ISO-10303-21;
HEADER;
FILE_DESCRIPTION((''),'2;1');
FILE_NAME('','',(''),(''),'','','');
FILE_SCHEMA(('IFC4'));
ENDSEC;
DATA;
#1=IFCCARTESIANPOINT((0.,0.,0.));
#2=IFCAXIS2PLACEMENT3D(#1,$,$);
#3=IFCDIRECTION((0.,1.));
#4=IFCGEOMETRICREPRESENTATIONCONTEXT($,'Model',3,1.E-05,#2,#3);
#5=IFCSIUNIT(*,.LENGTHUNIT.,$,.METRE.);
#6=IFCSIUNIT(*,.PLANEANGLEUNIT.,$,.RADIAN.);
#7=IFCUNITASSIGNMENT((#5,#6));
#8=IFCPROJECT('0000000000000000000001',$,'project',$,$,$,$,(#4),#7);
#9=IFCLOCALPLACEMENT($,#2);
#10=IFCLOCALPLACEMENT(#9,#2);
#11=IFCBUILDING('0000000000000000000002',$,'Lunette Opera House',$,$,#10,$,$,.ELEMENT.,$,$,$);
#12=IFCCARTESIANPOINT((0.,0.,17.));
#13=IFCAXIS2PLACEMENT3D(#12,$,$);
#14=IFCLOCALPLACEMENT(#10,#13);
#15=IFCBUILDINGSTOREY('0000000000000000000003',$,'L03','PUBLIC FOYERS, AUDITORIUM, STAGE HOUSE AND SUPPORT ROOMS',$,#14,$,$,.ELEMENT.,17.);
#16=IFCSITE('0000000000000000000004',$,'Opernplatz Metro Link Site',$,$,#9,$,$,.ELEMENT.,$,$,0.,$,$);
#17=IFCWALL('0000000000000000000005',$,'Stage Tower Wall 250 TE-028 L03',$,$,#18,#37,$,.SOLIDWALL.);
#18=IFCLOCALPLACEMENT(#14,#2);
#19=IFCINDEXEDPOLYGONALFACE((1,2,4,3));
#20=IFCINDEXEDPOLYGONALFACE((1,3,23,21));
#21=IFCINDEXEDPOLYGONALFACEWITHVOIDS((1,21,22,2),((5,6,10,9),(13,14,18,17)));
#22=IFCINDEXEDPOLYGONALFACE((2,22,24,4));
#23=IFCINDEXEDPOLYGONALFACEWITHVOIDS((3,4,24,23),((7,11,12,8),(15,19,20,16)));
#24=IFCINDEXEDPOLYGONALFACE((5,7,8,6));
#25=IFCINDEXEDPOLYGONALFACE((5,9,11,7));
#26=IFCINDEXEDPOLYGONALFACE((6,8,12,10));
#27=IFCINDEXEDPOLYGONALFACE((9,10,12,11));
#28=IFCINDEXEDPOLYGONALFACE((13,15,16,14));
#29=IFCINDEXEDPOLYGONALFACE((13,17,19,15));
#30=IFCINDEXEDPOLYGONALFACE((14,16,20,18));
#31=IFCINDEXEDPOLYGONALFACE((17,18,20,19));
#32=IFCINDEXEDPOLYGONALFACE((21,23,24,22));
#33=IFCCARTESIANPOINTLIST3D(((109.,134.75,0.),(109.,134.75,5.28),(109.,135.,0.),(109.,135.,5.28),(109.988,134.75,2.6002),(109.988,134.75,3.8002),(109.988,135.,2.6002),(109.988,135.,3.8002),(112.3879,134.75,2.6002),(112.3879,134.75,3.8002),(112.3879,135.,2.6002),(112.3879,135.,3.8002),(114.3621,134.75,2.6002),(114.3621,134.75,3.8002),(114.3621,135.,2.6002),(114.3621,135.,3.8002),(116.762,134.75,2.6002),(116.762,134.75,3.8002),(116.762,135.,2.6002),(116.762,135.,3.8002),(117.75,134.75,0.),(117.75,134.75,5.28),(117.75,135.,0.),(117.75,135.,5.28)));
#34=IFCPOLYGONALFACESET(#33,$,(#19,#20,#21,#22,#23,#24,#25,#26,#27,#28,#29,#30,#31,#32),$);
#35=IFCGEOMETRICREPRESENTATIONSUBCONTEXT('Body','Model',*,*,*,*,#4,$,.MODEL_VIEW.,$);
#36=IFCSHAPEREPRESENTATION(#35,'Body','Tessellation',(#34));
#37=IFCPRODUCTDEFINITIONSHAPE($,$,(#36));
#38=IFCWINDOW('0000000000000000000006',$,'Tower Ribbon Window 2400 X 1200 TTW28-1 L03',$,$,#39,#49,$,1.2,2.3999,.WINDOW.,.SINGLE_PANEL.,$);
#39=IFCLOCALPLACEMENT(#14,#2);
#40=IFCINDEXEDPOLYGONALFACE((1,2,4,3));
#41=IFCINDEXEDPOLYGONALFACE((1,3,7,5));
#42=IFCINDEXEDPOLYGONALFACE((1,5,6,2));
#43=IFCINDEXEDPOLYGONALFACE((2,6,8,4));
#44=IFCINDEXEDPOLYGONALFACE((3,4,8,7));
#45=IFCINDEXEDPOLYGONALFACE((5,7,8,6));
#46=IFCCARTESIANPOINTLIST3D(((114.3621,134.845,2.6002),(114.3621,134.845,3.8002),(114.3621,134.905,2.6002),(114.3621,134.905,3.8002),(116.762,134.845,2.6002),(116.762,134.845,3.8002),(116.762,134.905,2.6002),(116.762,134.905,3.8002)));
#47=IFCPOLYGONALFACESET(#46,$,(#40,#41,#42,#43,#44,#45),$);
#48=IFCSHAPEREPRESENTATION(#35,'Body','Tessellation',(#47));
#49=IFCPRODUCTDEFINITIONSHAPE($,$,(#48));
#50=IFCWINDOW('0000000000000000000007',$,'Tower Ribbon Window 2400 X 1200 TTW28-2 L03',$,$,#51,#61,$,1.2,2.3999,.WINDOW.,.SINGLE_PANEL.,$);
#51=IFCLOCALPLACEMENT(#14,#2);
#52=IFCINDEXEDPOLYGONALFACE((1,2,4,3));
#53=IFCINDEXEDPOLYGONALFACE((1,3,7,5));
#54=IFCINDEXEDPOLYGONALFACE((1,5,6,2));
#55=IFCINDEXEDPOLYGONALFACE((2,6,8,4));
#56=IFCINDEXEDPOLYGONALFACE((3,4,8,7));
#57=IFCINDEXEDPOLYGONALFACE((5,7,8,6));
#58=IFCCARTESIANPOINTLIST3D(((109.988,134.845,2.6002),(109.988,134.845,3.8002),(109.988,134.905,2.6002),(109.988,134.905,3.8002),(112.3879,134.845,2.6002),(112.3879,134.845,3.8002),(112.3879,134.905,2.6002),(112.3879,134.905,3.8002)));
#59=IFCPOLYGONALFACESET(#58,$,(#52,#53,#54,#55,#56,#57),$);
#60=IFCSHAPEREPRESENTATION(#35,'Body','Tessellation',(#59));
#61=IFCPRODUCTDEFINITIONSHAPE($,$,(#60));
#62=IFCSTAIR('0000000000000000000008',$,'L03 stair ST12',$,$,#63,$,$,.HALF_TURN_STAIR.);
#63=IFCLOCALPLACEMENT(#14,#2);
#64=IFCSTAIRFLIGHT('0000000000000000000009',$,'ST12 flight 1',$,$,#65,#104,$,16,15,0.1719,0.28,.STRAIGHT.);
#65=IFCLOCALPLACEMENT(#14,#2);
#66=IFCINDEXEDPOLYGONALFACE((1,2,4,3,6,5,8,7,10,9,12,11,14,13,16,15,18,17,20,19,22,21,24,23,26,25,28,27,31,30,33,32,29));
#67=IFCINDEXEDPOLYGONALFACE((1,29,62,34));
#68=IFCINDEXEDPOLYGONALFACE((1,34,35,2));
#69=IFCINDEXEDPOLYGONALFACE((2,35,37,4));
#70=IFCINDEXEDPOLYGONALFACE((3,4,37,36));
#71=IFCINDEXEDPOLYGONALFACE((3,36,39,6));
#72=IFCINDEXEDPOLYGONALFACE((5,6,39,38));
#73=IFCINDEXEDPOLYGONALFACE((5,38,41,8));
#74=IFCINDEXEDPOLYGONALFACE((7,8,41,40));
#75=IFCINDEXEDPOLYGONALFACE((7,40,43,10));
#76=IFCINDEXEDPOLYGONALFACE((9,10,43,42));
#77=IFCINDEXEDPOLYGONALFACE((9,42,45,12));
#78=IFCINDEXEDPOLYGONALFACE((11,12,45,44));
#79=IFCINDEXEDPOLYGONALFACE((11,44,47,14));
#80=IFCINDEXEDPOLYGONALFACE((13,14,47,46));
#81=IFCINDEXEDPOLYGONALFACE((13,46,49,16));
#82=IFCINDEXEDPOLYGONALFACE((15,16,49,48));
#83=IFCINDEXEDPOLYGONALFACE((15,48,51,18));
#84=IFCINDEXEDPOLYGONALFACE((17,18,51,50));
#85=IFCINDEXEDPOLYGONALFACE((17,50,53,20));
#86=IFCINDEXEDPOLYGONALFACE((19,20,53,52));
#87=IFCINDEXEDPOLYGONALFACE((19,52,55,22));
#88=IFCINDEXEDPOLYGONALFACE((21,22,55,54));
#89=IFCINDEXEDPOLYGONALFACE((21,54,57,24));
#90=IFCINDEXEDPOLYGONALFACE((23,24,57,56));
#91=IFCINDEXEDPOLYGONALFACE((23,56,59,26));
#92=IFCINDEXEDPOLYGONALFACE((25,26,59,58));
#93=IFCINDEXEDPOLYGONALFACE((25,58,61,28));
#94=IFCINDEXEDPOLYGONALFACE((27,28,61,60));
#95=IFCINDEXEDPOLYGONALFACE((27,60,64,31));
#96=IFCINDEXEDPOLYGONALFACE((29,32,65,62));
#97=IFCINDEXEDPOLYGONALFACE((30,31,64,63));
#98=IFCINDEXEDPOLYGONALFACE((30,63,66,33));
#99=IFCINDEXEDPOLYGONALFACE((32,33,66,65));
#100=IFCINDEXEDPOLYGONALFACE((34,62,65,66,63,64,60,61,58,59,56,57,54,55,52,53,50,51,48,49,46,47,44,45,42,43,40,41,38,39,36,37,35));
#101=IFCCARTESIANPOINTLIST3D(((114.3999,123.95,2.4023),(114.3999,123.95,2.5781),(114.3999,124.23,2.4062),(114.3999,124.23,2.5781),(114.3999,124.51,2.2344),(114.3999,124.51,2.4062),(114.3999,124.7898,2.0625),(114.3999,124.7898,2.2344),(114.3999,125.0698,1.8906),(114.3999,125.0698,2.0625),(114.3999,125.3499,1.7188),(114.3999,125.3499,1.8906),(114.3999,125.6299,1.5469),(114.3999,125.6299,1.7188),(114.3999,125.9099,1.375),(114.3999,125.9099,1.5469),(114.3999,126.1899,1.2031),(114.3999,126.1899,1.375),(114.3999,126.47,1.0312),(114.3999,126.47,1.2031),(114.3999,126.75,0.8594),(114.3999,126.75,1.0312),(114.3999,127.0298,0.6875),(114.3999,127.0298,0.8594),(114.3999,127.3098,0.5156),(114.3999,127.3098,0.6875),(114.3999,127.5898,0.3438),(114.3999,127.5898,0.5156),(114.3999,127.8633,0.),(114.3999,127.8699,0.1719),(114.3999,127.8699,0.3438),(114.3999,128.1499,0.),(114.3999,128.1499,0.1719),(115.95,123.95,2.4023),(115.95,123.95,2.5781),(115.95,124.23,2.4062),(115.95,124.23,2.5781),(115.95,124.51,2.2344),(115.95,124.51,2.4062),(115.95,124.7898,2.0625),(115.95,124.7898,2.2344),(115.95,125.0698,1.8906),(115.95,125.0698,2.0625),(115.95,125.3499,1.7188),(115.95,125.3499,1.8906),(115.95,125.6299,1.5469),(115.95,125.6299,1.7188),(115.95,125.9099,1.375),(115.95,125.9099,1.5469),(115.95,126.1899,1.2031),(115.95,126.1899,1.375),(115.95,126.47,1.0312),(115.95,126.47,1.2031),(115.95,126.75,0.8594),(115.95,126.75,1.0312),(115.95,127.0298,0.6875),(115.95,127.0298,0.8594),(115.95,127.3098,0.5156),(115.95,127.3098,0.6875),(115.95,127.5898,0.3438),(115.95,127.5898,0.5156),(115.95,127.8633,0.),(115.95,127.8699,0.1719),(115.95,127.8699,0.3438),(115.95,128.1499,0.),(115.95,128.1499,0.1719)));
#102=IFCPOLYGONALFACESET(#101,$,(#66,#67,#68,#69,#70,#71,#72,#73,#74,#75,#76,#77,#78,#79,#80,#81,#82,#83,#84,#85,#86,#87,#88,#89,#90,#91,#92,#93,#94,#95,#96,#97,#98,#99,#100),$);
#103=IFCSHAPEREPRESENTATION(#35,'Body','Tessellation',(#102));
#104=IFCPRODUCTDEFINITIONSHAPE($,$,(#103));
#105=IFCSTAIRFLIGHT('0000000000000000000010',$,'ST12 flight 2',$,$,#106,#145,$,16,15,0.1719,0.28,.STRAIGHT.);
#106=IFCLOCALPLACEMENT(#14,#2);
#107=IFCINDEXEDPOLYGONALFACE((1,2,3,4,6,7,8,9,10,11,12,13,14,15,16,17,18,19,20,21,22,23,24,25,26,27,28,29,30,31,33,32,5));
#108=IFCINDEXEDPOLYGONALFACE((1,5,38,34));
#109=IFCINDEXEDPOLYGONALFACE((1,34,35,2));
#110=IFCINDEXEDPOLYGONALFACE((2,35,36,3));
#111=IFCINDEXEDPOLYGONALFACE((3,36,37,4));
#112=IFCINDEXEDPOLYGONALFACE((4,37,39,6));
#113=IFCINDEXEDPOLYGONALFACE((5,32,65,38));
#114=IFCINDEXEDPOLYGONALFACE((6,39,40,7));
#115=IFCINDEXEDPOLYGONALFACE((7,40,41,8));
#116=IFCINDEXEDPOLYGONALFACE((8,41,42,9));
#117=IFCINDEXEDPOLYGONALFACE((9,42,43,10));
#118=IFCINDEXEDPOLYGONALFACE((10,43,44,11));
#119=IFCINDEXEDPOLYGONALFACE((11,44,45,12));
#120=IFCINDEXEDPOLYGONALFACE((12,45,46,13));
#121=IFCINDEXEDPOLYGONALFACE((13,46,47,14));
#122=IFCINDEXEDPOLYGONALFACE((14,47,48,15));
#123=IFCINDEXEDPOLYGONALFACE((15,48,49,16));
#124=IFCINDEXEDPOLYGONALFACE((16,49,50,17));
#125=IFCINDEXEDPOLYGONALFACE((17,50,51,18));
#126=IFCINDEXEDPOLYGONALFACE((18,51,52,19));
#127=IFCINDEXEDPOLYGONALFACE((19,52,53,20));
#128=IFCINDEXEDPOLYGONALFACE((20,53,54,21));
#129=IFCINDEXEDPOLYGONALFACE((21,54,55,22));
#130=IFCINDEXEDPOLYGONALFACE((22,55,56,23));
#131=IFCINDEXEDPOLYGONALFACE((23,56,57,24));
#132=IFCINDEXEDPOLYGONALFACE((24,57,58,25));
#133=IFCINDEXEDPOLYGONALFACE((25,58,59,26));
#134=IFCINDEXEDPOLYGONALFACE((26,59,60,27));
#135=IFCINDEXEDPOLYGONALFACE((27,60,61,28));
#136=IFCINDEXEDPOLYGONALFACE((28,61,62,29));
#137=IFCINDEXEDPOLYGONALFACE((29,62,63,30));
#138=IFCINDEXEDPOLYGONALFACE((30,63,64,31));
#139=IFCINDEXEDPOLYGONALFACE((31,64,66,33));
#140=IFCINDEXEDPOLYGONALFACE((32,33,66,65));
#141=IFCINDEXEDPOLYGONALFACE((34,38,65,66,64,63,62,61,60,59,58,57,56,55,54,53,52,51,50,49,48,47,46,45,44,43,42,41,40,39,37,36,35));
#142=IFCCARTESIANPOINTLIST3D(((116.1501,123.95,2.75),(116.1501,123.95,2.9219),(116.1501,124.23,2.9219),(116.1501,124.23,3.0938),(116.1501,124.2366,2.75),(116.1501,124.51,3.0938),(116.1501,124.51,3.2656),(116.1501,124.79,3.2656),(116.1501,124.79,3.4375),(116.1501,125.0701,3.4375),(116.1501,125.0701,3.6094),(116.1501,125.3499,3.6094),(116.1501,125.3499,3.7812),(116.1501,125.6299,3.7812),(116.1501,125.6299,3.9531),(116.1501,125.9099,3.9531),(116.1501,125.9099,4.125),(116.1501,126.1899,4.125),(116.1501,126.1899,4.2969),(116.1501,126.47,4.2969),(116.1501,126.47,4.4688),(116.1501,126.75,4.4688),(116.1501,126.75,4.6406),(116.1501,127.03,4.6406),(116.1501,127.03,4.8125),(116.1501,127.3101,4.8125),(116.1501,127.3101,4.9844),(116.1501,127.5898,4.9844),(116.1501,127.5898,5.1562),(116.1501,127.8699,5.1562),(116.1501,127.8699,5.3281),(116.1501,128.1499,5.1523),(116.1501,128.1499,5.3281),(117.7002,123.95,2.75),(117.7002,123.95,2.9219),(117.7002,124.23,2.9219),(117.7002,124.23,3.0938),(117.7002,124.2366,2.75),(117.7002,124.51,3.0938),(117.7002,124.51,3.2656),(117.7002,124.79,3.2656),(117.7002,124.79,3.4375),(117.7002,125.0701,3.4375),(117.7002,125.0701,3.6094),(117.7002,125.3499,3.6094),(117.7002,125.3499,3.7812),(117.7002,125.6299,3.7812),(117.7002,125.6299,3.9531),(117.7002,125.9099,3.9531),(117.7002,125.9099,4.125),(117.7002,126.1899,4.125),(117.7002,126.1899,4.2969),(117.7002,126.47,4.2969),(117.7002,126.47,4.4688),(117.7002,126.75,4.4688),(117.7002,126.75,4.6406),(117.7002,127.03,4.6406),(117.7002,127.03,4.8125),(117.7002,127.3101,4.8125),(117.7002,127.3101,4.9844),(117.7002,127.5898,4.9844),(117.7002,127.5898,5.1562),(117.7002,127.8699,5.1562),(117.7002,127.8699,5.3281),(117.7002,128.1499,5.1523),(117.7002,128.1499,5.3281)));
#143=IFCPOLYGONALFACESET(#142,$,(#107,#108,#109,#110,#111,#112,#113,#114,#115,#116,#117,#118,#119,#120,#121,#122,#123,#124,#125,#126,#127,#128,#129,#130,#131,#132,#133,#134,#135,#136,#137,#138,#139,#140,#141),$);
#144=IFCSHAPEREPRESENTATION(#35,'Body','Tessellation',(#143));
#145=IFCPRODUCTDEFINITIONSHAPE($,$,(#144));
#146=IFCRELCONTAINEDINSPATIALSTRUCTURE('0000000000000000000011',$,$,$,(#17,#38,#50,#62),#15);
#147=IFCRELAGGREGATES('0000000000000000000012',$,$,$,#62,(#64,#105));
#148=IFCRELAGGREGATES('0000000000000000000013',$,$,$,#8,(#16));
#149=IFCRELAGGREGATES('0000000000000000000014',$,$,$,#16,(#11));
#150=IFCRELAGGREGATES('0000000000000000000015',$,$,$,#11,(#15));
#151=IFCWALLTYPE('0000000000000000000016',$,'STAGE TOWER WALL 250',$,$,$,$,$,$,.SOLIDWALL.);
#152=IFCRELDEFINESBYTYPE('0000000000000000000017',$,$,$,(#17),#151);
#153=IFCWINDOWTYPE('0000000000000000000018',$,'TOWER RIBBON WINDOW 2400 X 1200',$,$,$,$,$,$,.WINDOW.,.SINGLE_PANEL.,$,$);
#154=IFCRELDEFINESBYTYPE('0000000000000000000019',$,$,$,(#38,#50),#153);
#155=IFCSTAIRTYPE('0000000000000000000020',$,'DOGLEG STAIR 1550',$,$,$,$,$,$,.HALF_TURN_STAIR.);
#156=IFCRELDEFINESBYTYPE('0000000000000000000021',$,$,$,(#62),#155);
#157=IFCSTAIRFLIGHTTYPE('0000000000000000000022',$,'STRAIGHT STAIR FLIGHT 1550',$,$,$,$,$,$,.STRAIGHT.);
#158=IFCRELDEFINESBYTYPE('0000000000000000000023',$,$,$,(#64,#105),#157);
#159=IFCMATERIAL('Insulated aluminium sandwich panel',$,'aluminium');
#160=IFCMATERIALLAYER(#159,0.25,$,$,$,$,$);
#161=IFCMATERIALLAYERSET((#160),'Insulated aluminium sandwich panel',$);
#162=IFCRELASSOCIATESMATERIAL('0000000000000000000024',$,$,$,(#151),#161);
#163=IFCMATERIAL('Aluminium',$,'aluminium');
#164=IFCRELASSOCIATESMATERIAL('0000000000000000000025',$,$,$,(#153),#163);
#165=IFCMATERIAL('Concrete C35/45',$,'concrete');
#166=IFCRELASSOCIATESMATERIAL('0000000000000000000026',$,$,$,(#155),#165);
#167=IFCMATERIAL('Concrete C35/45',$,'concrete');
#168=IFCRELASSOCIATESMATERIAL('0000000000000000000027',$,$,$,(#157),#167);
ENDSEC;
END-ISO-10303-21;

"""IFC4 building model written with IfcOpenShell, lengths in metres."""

from ifc_helpers import new_model, si_unit, direction, frame, frame_2d, origin, place, context, subcontext, project, spatial, polyline, rectangle, outline, extrude, material, layer, layer_set, type_object, element, fill, aggregate, save


model = new_model("IFC4")

# Units and contexts
model_context = context("Model", 3, precision=1e-05, world=origin(), true_north=direction((0.0, 1.0)))
body_context = subcontext(model_context, "Body", "Model", "MODEL_VIEW")
ifc_project = project(units=[si_unit("LENGTHUNIT", "METRE"), si_unit("PLANEANGLEUNIT", "RADIAN")], contexts=[model_context])

# Site, building, storey
site_placement = place(None, origin())
site = spatial("IfcSite", under=ifc_project, at=site_placement, Name="Opernplatz Metro Link Site", CompositionType="ELEMENT", RefElevation=0.0)
building_placement = place(site_placement, origin())
building = spatial("IfcBuilding", under=site, at=building_placement, Name="Lunette Opera House", CompositionType="ELEMENT")
storey_placement = place(building_placement, frame((0.0, 0.0, 17.0)))
storey = spatial("IfcBuildingStorey", under=building, at=storey_placement, Name="L03", Description="PUBLIC FOYERS, AUDITORIUM, STAGE HOUSE AND SUPPORT ROOMS", CompositionType="ELEMENT", Elevation=17.0)

# Shared definitions
ifc_material_1 = material(Name="Insulated aluminium sandwich panel", Category="aluminium")
ifc_layer_1 = layer(ifc_material_1, 0.25)
ifc_layer_set_1 = layer_set([ifc_layer_1], Name="Insulated aluminium sandwich panel")
wall_type_1 = type_object("IfcWallType", Name="STAGE TOWER WALL 250", PredefinedType="SOLIDWALL", material=ifc_layer_set_1)
ifc_material_2 = material(Name="Aluminium", Category="aluminium")
window_type = type_object("IfcWindowType", Name="TOWER RIBBON WINDOW 2400 X 1200", PartitioningType="SINGLE_PANEL", PredefinedType="WINDOW", material=ifc_material_2)

# Wall, openings, windows
wall_1_placement = place(storey_placement, frame((117.75, 134.875, 0.0), z_axis=(0.0, 0.0, 1.0), x_axis=(-1.0, 0.0, 0.0)))
wall_1 = element("IfcWall", 1, at=wall_1_placement, inside=storey, type_object=wall_type_1, Name="Stage Tower Wall 250 TE-028 L03", PredefinedType="SOLIDWALL", context=body_context, shape_type="SweptSolid", body=[
    extrude(rectangle(XDim=8.75, YDim=0.25, at=frame_2d((4.375, 0.0))), origin(), (0.0, 0.0, 1.0), 5.28),
])
opening_1_placement = place(wall_1_placement, frame((0.988, 0.0, 2.6001)))
opening_1 = element("IfcOpeningElement", 2, at=opening_1_placement, cuts=wall_1, PredefinedType="OPENING", context=body_context, shape_type="SweptSolid", body=[
    extrude(rectangle(XDim=2.3999, YDim=1.2, at=frame_2d((1.2, 0.6001))), frame((0.0, 0.137, 0.0), z_axis=(0.0, -1.0, 0.0), x_axis=(1.0, 0.0, 0.0)), (0.0, 0.0, 1.0), 0.2739),
])
opening_2_placement = place(wall_1_placement, frame((5.3621, 0.0, 2.6001)))
opening_2 = element("IfcOpeningElement", 3, at=opening_2_placement, cuts=wall_1, PredefinedType="OPENING", context=body_context, shape_type="SweptSolid", body=[
    extrude(rectangle(XDim=2.3999, YDim=1.2, at=frame_2d((1.2, 0.6001))), frame((0.0, 0.137, 0.0), z_axis=(0.0, -1.0, 0.0), x_axis=(1.0, 0.0, 0.0)), (0.0, 0.0, 1.0), 0.2739),
])
window_1_placement = place(opening_1_placement, origin())
window_1 = element("IfcWindow", 4, at=window_1_placement, inside=storey, type_object=window_type, Name="Tower Ribbon Window 2400 X 1200 TTW28-1 L03", OverallHeight=1.2, OverallWidth=2.3999, PartitioningType="SINGLE_PANEL", PredefinedType="WINDOW", context=body_context, shape_type="SweptSolid", body=[
    extrude(rectangle(XDim=2.3999, YDim=1.2, at=frame_2d((1.2, 0.6001))), frame((0.0, 0.03, 0.0), z_axis=(0.0, -1.0, 0.0), x_axis=(1.0, 0.0, 0.0)), (0.0, 0.0, 1.0), 0.0601),
])
fill(opening_1, window_1)
window_2_placement = place(opening_2_placement, origin())
window_2 = element("IfcWindow", 5, at=window_2_placement, inside=storey, type_object=window_type, Name="Tower Ribbon Window 2400 X 1200 TTW28-2 L03", OverallHeight=1.2, OverallWidth=2.3999, PartitioningType="SINGLE_PANEL", PredefinedType="WINDOW", context=body_context, shape_type="SweptSolid", body=[
    extrude(rectangle(XDim=2.3999, YDim=1.2, at=frame_2d((1.2, 0.6001))), frame((0.0, 0.03, 0.0), z_axis=(0.0, -1.0, 0.0), x_axis=(1.0, 0.0, 0.0)), (0.0, 0.0, 1.0), 0.0601),
])
fill(opening_2, window_2)

# Stair, stair flights
ifc_material_3 = material(Name="Concrete C35/45", Category="concrete")
stair_type = type_object("IfcStairType", Name="DOGLEG STAIR 1550", PredefinedType="HALF_TURN_STAIR", material=ifc_material_3)
stair_placement = place(storey_placement, origin())
stair = element("IfcStair", 6, at=stair_placement, inside=storey, type_object=stair_type, Name="L03 stair ST12", PredefinedType="HALF_TURN_STAIR")
ifc_material_4 = material(Name="Concrete C35/45", Category="concrete")
stair_flight_type = type_object("IfcStairFlightType", Name="STRAIGHT STAIR FLIGHT 1550", PredefinedType="STRAIGHT", material=ifc_material_4)
stair_flight_1_placement = place(storey_placement, frame((115.175, 128.1499, 0.0), z_axis=(0.0, 0.0, 1.0), x_axis=(0.0, -1.0, 0.0)))
stair_flight_1 = element("IfcStairFlight", 7, at=stair_flight_1_placement, type_object=stair_flight_type, Name="ST12 flight 1", NumberOfRisers=16, NumberOfTreads=15, PredefinedType="STRAIGHT", RiserHeight=0.1719, TreadLength=0.28, context=body_context, shape_type="SweptSolid", body=[
    extrude(outline(polyline([(0.0, 0.0), (0.0, 0.1719), (0.28, 0.1719), (0.28, 0.3438), (0.5601, 0.3438), (0.5601, 0.5156), (0.8401, 0.5156), (0.8401, 0.6875), (1.1201, 0.6875), (1.1201, 0.8594), (1.3999, 0.8594), (1.3999, 1.0312), (1.6799, 1.0312), (1.6799, 1.2031), (1.96, 1.2031), (1.96, 1.375), (2.24, 1.375), (2.24, 1.5469), (2.52, 1.5469), (2.52, 1.7188), (2.8, 1.7188), (2.8, 1.8906), (3.0801, 1.8906), (3.0801, 2.0625), (3.3601, 2.0625), (3.3601, 2.2344), (3.6399, 2.2344), (3.6399, 2.4062), (3.9199, 2.4062), (3.9199, 2.5781), (4.2, 2.5781), (4.2, 2.75), (4.2, 2.4023), (0.2866, 0.0), (0.0, 0.0)])), frame((0.0, 0.7749, 0.0), z_axis=(0.0, -1.0, 0.0), x_axis=(1.0, 0.0, 0.0)), (0.0, 0.0, 1.0), 1.55),
])
stair_flight_2_placement = place(storey_placement, frame((116.925, 123.95, 2.75), z_axis=(0.0, 0.0, 1.0), x_axis=(0.0, 1.0, 0.0)))
stair_flight_2 = element("IfcStairFlight", 8, at=stair_flight_2_placement, type_object=stair_flight_type, Name="ST12 flight 2", NumberOfRisers=16, NumberOfTreads=15, PredefinedType="STRAIGHT", RiserHeight=0.1719, TreadLength=0.28, context=body_context, shape_type="SweptSolid", body=[
    extrude(outline(polyline([(0.0, 0.0), (0.0, 0.1719), (0.28, 0.1719), (0.28, 0.3438), (0.5601, 0.3438), (0.5601, 0.5156), (0.8401, 0.5156), (0.8401, 0.6875), (1.1201, 0.6875), (1.1201, 0.8594), (1.3999, 0.8594), (1.3999, 1.0312), (1.6799, 1.0312), (1.6799, 1.2031), (1.96, 1.2031), (1.96, 1.375), (2.24, 1.375), (2.24, 1.5469), (2.52, 1.5469), (2.52, 1.7188), (2.8, 1.7188), (2.8, 1.8906), (3.0801, 1.8906), (3.0801, 2.0625), (3.3601, 2.0625), (3.3601, 2.2344), (3.6399, 2.2344), (3.6399, 2.4062), (3.9199, 2.4062), (3.9199, 2.5781), (4.2, 2.5781), (4.2, 2.75), (4.2, 2.4023), (0.2866, 0.0), (0.0, 0.0)])), frame((0.0, 0.7749, 0.0), z_axis=(0.0, -1.0, 0.0), x_axis=(1.0, 0.0, 0.0)), (0.0, 0.0, 1.0), 1.55),
])
aggregate(stair, [stair_flight_1, stair_flight_2])

save(model, "model.ifc")
